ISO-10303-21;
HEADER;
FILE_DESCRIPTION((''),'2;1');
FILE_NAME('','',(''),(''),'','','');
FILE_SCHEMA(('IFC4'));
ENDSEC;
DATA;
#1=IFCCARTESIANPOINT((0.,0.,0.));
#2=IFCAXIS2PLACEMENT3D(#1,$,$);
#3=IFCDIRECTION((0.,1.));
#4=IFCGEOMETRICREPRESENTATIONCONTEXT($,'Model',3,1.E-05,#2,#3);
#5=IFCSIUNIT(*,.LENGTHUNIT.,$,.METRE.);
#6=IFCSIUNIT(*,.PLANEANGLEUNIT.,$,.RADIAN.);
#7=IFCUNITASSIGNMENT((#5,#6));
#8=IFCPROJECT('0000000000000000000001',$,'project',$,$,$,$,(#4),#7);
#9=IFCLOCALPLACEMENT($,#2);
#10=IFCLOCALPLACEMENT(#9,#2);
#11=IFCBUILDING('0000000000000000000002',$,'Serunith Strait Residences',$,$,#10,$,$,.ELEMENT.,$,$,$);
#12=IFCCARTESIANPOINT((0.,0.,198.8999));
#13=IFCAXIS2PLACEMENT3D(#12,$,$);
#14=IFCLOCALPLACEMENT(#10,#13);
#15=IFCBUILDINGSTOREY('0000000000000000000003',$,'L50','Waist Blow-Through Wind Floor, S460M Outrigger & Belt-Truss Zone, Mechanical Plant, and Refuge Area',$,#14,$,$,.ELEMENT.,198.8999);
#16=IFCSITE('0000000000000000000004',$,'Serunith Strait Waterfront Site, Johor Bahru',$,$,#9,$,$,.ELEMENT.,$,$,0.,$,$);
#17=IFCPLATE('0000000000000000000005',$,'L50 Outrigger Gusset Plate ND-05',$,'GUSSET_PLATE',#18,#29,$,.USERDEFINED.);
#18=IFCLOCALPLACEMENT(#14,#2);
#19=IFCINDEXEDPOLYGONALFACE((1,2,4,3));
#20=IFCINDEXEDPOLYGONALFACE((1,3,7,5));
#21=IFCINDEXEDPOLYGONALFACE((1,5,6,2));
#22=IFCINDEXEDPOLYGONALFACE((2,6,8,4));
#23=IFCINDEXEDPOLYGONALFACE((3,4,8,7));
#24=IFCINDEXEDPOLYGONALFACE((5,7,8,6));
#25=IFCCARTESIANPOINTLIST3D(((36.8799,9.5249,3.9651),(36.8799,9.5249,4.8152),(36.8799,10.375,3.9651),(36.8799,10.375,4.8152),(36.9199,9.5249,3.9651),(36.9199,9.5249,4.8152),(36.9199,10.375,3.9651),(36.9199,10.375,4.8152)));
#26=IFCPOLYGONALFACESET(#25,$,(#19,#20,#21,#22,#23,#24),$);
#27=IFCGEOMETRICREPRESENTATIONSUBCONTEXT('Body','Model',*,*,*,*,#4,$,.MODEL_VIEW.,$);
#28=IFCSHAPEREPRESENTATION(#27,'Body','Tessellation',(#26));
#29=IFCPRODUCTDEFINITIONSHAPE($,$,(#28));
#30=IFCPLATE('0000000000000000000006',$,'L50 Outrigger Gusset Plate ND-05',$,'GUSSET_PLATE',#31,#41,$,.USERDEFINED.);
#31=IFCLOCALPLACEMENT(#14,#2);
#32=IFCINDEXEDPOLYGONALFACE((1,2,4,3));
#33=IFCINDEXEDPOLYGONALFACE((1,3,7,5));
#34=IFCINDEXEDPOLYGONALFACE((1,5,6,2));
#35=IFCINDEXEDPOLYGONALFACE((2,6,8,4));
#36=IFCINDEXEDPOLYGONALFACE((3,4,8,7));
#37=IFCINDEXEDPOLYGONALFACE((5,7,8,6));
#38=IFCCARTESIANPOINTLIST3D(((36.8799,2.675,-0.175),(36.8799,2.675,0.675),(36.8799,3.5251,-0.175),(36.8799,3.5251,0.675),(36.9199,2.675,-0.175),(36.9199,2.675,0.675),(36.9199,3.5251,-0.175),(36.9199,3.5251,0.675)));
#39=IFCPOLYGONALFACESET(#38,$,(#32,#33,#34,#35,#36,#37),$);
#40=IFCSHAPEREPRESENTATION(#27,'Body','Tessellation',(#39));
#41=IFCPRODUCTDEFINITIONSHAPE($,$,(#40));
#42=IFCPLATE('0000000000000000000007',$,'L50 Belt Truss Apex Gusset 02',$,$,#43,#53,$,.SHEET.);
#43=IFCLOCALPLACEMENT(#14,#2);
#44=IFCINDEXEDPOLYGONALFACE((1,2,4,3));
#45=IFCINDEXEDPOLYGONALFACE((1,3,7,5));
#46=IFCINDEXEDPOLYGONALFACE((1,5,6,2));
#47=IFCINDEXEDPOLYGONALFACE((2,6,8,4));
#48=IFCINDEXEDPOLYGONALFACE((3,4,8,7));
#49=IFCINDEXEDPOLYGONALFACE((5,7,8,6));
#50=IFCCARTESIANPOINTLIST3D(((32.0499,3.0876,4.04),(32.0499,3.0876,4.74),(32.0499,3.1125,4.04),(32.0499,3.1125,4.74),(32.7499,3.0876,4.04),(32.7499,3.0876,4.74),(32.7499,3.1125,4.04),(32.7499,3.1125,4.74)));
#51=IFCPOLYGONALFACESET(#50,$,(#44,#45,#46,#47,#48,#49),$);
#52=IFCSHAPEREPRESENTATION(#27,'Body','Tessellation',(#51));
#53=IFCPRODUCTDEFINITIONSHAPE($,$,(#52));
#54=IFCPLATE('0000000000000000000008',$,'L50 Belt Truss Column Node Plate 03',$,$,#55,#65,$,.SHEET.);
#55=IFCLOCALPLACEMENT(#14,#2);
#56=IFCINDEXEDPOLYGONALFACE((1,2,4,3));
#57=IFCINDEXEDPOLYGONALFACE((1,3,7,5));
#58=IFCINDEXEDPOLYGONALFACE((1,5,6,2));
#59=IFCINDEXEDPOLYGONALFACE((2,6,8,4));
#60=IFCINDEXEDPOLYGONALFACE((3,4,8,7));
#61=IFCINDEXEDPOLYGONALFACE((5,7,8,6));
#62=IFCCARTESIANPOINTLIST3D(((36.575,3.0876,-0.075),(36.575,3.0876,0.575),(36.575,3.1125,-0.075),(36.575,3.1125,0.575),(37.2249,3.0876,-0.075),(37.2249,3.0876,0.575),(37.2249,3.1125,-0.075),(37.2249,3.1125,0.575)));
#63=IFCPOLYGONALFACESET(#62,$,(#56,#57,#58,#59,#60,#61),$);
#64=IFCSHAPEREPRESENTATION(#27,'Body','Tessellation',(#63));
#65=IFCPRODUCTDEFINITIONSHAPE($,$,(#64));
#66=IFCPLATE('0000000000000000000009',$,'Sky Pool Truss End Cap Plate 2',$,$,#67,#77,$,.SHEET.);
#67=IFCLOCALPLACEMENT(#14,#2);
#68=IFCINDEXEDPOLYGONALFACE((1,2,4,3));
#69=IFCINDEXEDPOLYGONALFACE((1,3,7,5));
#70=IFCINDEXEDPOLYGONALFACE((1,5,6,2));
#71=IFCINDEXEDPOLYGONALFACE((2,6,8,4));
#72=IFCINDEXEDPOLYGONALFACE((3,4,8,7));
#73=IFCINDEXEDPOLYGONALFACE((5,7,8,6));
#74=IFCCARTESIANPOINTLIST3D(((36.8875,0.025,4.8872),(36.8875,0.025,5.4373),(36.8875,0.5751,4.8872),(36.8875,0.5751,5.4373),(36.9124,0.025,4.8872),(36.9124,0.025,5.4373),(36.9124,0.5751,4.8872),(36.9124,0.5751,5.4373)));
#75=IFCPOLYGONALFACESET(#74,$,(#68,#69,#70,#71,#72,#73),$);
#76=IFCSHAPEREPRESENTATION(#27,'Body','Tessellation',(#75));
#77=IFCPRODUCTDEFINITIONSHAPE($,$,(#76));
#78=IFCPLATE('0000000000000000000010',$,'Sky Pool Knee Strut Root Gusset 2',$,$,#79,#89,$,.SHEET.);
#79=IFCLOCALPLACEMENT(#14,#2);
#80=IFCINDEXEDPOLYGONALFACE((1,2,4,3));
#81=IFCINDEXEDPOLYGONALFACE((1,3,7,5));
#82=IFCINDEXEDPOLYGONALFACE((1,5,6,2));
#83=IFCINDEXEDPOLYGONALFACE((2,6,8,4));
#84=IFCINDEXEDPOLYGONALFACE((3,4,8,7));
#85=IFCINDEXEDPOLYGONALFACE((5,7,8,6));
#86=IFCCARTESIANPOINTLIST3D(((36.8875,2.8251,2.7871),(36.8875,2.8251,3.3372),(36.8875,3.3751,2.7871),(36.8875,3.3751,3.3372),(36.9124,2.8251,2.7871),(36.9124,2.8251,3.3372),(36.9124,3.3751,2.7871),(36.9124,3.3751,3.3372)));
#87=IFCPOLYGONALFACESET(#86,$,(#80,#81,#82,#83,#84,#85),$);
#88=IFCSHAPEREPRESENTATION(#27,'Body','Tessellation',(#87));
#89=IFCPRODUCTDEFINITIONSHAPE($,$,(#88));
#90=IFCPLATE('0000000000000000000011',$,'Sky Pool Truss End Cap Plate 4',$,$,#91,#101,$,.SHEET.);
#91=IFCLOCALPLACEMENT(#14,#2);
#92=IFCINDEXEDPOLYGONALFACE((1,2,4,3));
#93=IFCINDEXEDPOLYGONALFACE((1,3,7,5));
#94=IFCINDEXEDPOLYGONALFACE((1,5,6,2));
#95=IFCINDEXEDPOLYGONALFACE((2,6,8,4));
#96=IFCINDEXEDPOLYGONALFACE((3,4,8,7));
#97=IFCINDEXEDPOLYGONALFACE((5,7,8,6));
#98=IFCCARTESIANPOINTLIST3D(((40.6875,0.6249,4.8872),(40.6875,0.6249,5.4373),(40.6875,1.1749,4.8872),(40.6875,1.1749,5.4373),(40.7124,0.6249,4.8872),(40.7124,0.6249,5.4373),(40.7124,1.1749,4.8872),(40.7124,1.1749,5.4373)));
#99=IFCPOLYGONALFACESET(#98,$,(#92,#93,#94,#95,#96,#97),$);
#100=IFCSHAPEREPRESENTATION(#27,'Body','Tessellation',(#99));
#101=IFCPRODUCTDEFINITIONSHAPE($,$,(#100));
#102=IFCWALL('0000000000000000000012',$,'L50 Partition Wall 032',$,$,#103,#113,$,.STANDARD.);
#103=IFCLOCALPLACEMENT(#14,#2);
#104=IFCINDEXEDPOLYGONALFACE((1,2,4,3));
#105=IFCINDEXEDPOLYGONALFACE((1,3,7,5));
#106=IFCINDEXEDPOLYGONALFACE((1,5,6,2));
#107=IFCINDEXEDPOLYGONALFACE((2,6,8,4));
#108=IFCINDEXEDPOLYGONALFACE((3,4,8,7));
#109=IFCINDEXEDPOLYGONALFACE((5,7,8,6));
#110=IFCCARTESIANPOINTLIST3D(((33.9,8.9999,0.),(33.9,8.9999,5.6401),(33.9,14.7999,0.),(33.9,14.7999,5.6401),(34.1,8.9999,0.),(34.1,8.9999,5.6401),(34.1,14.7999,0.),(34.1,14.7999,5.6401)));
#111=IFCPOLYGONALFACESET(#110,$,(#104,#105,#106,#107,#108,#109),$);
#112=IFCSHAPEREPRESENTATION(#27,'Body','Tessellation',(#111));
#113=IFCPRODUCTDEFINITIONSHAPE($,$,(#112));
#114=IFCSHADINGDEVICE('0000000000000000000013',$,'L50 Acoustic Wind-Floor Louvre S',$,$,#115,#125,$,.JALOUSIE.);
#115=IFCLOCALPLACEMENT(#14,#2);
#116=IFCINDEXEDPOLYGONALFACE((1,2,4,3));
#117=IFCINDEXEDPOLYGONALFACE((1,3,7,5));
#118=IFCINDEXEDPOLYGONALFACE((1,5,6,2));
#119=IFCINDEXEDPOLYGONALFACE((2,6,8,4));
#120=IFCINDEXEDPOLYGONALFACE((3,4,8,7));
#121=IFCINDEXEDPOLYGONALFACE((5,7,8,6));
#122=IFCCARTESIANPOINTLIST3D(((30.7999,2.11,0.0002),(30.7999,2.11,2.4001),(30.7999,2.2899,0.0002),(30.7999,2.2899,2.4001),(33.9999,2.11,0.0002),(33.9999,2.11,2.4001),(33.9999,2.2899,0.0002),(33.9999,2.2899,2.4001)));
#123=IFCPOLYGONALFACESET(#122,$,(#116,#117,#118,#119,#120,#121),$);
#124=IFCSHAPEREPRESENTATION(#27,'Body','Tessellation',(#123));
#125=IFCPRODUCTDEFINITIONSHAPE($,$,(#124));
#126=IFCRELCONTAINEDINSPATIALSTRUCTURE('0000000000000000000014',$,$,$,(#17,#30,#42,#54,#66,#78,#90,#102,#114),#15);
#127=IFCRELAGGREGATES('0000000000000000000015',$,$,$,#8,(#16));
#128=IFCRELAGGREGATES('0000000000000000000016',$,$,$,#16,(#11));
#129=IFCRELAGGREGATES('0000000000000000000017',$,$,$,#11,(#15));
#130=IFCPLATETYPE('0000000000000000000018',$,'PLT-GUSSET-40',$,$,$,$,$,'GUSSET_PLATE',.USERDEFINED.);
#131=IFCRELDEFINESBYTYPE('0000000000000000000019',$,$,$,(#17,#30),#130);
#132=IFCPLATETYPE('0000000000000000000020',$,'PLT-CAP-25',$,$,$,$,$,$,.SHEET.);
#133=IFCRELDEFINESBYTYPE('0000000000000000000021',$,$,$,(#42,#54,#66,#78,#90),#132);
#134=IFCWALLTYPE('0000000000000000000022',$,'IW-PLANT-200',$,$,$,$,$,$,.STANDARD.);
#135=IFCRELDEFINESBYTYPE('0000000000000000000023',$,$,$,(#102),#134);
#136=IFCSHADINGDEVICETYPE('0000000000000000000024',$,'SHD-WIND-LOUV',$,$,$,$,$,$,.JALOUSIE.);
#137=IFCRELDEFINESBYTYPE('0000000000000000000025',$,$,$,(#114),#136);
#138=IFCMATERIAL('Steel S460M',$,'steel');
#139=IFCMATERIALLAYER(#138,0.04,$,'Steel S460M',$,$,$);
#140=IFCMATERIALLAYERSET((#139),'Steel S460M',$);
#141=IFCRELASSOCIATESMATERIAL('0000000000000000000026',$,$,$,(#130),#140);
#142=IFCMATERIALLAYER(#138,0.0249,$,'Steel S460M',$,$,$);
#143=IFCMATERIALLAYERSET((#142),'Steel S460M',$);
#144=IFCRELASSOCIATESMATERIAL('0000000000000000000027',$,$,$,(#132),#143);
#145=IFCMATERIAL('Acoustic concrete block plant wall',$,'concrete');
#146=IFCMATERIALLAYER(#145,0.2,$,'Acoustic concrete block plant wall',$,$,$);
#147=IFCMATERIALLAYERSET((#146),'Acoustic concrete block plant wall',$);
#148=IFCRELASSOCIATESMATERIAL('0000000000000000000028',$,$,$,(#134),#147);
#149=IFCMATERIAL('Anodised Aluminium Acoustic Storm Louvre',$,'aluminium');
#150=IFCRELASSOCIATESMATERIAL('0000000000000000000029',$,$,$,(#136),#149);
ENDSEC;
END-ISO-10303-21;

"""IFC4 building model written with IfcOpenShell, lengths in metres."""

from ifc_helpers import new_model, si_unit, direction, frame, frame_2d, origin, origin_2d, place, context, subcontext, project, spatial, rectangle, extrude, source, transform, mapped, material, layer, layer_set, type_object, element, save


model = new_model("IFC4")

# Units and contexts
model_context = context("Model", 3, precision=1e-05, world=origin(), true_north=direction((0.0, 1.0)))
body_context = subcontext(model_context, "Body", "Model", "MODEL_VIEW")
ifc_project = project(units=[si_unit("LENGTHUNIT", "METRE"), si_unit("PLANEANGLEUNIT", "RADIAN")], contexts=[model_context])

# Site, building, storey
site_placement = place(None, origin())
site = spatial("IfcSite", under=ifc_project, at=site_placement, Name="Serunith Strait Waterfront Site, Johor Bahru", CompositionType="ELEMENT", RefElevation=0.0)
building_placement = place(site_placement, origin())
building = spatial("IfcBuilding", under=site, at=building_placement, Name="Serunith Strait Residences", CompositionType="ELEMENT")
storey_placement = place(building_placement, frame((0.0, 0.0, 198.8999)))
storey = spatial("IfcBuildingStorey", under=building, at=storey_placement, Name="L50", Description="Waist Blow-Through Wind Floor, S460M Outrigger & Belt-Truss Zone, Mechanical Plant, and Refuge Area", CompositionType="ELEMENT", Elevation=198.8999)

# Shared definitions
ifc_material_1 = material(Name="Steel S460M", Category="steel")

# Plates
ifc_layer_1 = layer(ifc_material_1, 0.04, Name="Steel S460M")
ifc_layer_set_1 = layer_set([ifc_layer_1], Name="Steel S460M")
plate_type_1 = type_object("IfcPlateType", Name="PLT-GUSSET-40", ElementType="GUSSET_PLATE", PredefinedType="USERDEFINED", material=ifc_layer_set_1)
shared_shape_1 = source(origin(), body_context, "Body", "SweptSolid", [
    extrude(rectangle(XDim=0.8501, YDim=0.04, at=origin_2d()), origin(), (0.0, 0.0, 1.0), 0.8501),
])
for number, where, z_axis, x_axis, name in (
    (1, (36.8999, 9.95, 3.9651), (0.0, 0.0, 1.0), (0.0, -1.0, 0.0), "L50 Outrigger Gusset Plate ND-05"),
    (2, (36.8999, 3.1001, -0.175), (0.0, 0.0, 1.0), (0.0, -1.0, 0.0), "L50 Outrigger Gusset Plate ND-05"),
):
    element("IfcPlate", number, at=place(storey_placement, frame(where, z_axis=z_axis, x_axis=x_axis)), inside=storey, type_object=plate_type_1, Name=name, ObjectType="GUSSET_PLATE", PredefinedType="USERDEFINED", context=body_context, shape_type="MappedRepresentation", body=[
        mapped(shared_shape_1, transform((0.0, 0.0, 0.0), scale=1.0)),
    ])
ifc_layer_2 = layer(ifc_material_1, 0.0249, Name="Steel S460M")
ifc_layer_set_2 = layer_set([ifc_layer_2], Name="Steel S460M")
plate_type_2 = type_object("IfcPlateType", Name="PLT-CAP-25", PredefinedType="SHEET", material=ifc_layer_set_2)
shared_shape_2 = source(origin(), body_context, "Body", "SweptSolid", [
    extrude(rectangle(XDim=0.7, YDim=0.0249, at=origin_2d()), origin(), (0.0, 0.0, 1.0), 0.7),
])
plate_1_placement = place(storey_placement, frame((32.3999, 3.1001, 4.04), z_axis=(0.0, 0.0, 1.0), x_axis=(1.0, 0.0, 0.0)))
element("IfcPlate", 3, at=plate_1_placement, inside=storey, type_object=plate_type_2, Name="L50 Belt Truss Apex Gusset 02", PredefinedType="SHEET", context=body_context, shape_type="MappedRepresentation", body=[
    mapped(shared_shape_2, transform((0.0, 0.0, 0.0), scale=1.0)),
])
shared_shape_3 = source(origin(), body_context, "Body", "SweptSolid", [
    extrude(rectangle(XDim=0.6499, YDim=0.0249, at=origin_2d()), origin(), (0.0, 0.0, 1.0), 0.6499),
])
plate_2_placement = place(storey_placement, frame((36.8999, 3.1001, -0.075), z_axis=(0.0, 0.0, 1.0), x_axis=(1.0, 0.0, 0.0)))
element("IfcPlate", 4, at=plate_2_placement, inside=storey, type_object=plate_type_2, Name="L50 Belt Truss Column Node Plate 03", PredefinedType="SHEET", context=body_context, shape_type="MappedRepresentation", body=[
    mapped(shared_shape_3, transform((0.0, 0.0, 0.0), scale=1.0)),
])
shared_shape_4 = source(origin(), body_context, "Body", "SweptSolid", [
    extrude(rectangle(XDim=0.0249, YDim=0.55, at=origin_2d()), origin(), (0.0, 0.0, 1.0), 0.55),
])
for number, where, z_axis, x_axis, name in (
    (5, (36.8999, 0.3, 4.8872), (0.0, 0.0, 1.0), (1.0, 0.0, 0.0), "Sky Pool Truss End Cap Plate 2"),
    (6, (36.8999, 3.1001, 2.7871), (0.0, 0.0, 1.0), (1.0, 0.0, 0.0), "Sky Pool Knee Strut Root Gusset 2"),
    (7, (40.7, 0.8999, 4.8872), (0.0, 0.0, 1.0), (1.0, 0.0, 0.0), "Sky Pool Truss End Cap Plate 4"),
):
    element("IfcPlate", number, at=place(storey_placement, frame(where, z_axis=z_axis, x_axis=x_axis)), inside=storey, type_object=plate_type_2, Name=name, PredefinedType="SHEET", context=body_context, shape_type="MappedRepresentation", body=[
        mapped(shared_shape_4, transform((0.0, 0.0, 0.0), scale=1.0)),
    ])

# Wall
ifc_material_2 = material(Name="Acoustic concrete block plant wall", Category="concrete")
ifc_layer_3 = layer(ifc_material_2, 0.2, Name="Acoustic concrete block plant wall")
ifc_layer_set_3 = layer_set([ifc_layer_3], Name="Acoustic concrete block plant wall")
wall_type = type_object("IfcWallType", Name="IW-PLANT-200", PredefinedType="STANDARD", material=ifc_layer_set_3)
wall_placement = place(storey_placement, frame((34.0, 9.0, 0.0), z_axis=(0.0, 0.0, 1.0), x_axis=(0.0, 1.0, 0.0)))
element("IfcWall", 8, at=wall_placement, inside=storey, type_object=wall_type, Name="L50 Partition Wall 032", PredefinedType="STANDARD", context=body_context, shape_type="SweptSolid", body=[
    extrude(rectangle(XDim=5.8, YDim=0.2, at=frame_2d((2.8999, 0.0))), origin(), (0.0, 0.0, 1.0), 5.6401),
])

# Shading device
ifc_material_3 = material(Name="Anodised Aluminium Acoustic Storm Louvre", Category="aluminium")
shading_device_type = type_object("IfcShadingDeviceType", Name="SHD-WIND-LOUV", PredefinedType="JALOUSIE", material=ifc_material_3)
shared_shape_5 = source(origin(), body_context, "Body", "SweptSolid", [
    extrude(rectangle(XDim=3.2, YDim=0.1799, at=origin_2d()), origin(), (0.0, 0.0, 1.0), 2.3999),
])
shading_device_placement = place(storey_placement, frame((32.3999, 2.2, 0.0002), z_axis=(0.0, 0.0, 1.0), x_axis=(1.0, 0.0, 0.0)))
element("IfcShadingDevice", 9, at=shading_device_placement, inside=storey, type_object=shading_device_type, Name="L50 Acoustic Wind-Floor Louvre S", PredefinedType="JALOUSIE", context=body_context, shape_type="MappedRepresentation", body=[
    mapped(shared_shape_5, transform((0.0, 0.0, 0.0), scale=1.0)),
])

save(model, "model.ifc")
